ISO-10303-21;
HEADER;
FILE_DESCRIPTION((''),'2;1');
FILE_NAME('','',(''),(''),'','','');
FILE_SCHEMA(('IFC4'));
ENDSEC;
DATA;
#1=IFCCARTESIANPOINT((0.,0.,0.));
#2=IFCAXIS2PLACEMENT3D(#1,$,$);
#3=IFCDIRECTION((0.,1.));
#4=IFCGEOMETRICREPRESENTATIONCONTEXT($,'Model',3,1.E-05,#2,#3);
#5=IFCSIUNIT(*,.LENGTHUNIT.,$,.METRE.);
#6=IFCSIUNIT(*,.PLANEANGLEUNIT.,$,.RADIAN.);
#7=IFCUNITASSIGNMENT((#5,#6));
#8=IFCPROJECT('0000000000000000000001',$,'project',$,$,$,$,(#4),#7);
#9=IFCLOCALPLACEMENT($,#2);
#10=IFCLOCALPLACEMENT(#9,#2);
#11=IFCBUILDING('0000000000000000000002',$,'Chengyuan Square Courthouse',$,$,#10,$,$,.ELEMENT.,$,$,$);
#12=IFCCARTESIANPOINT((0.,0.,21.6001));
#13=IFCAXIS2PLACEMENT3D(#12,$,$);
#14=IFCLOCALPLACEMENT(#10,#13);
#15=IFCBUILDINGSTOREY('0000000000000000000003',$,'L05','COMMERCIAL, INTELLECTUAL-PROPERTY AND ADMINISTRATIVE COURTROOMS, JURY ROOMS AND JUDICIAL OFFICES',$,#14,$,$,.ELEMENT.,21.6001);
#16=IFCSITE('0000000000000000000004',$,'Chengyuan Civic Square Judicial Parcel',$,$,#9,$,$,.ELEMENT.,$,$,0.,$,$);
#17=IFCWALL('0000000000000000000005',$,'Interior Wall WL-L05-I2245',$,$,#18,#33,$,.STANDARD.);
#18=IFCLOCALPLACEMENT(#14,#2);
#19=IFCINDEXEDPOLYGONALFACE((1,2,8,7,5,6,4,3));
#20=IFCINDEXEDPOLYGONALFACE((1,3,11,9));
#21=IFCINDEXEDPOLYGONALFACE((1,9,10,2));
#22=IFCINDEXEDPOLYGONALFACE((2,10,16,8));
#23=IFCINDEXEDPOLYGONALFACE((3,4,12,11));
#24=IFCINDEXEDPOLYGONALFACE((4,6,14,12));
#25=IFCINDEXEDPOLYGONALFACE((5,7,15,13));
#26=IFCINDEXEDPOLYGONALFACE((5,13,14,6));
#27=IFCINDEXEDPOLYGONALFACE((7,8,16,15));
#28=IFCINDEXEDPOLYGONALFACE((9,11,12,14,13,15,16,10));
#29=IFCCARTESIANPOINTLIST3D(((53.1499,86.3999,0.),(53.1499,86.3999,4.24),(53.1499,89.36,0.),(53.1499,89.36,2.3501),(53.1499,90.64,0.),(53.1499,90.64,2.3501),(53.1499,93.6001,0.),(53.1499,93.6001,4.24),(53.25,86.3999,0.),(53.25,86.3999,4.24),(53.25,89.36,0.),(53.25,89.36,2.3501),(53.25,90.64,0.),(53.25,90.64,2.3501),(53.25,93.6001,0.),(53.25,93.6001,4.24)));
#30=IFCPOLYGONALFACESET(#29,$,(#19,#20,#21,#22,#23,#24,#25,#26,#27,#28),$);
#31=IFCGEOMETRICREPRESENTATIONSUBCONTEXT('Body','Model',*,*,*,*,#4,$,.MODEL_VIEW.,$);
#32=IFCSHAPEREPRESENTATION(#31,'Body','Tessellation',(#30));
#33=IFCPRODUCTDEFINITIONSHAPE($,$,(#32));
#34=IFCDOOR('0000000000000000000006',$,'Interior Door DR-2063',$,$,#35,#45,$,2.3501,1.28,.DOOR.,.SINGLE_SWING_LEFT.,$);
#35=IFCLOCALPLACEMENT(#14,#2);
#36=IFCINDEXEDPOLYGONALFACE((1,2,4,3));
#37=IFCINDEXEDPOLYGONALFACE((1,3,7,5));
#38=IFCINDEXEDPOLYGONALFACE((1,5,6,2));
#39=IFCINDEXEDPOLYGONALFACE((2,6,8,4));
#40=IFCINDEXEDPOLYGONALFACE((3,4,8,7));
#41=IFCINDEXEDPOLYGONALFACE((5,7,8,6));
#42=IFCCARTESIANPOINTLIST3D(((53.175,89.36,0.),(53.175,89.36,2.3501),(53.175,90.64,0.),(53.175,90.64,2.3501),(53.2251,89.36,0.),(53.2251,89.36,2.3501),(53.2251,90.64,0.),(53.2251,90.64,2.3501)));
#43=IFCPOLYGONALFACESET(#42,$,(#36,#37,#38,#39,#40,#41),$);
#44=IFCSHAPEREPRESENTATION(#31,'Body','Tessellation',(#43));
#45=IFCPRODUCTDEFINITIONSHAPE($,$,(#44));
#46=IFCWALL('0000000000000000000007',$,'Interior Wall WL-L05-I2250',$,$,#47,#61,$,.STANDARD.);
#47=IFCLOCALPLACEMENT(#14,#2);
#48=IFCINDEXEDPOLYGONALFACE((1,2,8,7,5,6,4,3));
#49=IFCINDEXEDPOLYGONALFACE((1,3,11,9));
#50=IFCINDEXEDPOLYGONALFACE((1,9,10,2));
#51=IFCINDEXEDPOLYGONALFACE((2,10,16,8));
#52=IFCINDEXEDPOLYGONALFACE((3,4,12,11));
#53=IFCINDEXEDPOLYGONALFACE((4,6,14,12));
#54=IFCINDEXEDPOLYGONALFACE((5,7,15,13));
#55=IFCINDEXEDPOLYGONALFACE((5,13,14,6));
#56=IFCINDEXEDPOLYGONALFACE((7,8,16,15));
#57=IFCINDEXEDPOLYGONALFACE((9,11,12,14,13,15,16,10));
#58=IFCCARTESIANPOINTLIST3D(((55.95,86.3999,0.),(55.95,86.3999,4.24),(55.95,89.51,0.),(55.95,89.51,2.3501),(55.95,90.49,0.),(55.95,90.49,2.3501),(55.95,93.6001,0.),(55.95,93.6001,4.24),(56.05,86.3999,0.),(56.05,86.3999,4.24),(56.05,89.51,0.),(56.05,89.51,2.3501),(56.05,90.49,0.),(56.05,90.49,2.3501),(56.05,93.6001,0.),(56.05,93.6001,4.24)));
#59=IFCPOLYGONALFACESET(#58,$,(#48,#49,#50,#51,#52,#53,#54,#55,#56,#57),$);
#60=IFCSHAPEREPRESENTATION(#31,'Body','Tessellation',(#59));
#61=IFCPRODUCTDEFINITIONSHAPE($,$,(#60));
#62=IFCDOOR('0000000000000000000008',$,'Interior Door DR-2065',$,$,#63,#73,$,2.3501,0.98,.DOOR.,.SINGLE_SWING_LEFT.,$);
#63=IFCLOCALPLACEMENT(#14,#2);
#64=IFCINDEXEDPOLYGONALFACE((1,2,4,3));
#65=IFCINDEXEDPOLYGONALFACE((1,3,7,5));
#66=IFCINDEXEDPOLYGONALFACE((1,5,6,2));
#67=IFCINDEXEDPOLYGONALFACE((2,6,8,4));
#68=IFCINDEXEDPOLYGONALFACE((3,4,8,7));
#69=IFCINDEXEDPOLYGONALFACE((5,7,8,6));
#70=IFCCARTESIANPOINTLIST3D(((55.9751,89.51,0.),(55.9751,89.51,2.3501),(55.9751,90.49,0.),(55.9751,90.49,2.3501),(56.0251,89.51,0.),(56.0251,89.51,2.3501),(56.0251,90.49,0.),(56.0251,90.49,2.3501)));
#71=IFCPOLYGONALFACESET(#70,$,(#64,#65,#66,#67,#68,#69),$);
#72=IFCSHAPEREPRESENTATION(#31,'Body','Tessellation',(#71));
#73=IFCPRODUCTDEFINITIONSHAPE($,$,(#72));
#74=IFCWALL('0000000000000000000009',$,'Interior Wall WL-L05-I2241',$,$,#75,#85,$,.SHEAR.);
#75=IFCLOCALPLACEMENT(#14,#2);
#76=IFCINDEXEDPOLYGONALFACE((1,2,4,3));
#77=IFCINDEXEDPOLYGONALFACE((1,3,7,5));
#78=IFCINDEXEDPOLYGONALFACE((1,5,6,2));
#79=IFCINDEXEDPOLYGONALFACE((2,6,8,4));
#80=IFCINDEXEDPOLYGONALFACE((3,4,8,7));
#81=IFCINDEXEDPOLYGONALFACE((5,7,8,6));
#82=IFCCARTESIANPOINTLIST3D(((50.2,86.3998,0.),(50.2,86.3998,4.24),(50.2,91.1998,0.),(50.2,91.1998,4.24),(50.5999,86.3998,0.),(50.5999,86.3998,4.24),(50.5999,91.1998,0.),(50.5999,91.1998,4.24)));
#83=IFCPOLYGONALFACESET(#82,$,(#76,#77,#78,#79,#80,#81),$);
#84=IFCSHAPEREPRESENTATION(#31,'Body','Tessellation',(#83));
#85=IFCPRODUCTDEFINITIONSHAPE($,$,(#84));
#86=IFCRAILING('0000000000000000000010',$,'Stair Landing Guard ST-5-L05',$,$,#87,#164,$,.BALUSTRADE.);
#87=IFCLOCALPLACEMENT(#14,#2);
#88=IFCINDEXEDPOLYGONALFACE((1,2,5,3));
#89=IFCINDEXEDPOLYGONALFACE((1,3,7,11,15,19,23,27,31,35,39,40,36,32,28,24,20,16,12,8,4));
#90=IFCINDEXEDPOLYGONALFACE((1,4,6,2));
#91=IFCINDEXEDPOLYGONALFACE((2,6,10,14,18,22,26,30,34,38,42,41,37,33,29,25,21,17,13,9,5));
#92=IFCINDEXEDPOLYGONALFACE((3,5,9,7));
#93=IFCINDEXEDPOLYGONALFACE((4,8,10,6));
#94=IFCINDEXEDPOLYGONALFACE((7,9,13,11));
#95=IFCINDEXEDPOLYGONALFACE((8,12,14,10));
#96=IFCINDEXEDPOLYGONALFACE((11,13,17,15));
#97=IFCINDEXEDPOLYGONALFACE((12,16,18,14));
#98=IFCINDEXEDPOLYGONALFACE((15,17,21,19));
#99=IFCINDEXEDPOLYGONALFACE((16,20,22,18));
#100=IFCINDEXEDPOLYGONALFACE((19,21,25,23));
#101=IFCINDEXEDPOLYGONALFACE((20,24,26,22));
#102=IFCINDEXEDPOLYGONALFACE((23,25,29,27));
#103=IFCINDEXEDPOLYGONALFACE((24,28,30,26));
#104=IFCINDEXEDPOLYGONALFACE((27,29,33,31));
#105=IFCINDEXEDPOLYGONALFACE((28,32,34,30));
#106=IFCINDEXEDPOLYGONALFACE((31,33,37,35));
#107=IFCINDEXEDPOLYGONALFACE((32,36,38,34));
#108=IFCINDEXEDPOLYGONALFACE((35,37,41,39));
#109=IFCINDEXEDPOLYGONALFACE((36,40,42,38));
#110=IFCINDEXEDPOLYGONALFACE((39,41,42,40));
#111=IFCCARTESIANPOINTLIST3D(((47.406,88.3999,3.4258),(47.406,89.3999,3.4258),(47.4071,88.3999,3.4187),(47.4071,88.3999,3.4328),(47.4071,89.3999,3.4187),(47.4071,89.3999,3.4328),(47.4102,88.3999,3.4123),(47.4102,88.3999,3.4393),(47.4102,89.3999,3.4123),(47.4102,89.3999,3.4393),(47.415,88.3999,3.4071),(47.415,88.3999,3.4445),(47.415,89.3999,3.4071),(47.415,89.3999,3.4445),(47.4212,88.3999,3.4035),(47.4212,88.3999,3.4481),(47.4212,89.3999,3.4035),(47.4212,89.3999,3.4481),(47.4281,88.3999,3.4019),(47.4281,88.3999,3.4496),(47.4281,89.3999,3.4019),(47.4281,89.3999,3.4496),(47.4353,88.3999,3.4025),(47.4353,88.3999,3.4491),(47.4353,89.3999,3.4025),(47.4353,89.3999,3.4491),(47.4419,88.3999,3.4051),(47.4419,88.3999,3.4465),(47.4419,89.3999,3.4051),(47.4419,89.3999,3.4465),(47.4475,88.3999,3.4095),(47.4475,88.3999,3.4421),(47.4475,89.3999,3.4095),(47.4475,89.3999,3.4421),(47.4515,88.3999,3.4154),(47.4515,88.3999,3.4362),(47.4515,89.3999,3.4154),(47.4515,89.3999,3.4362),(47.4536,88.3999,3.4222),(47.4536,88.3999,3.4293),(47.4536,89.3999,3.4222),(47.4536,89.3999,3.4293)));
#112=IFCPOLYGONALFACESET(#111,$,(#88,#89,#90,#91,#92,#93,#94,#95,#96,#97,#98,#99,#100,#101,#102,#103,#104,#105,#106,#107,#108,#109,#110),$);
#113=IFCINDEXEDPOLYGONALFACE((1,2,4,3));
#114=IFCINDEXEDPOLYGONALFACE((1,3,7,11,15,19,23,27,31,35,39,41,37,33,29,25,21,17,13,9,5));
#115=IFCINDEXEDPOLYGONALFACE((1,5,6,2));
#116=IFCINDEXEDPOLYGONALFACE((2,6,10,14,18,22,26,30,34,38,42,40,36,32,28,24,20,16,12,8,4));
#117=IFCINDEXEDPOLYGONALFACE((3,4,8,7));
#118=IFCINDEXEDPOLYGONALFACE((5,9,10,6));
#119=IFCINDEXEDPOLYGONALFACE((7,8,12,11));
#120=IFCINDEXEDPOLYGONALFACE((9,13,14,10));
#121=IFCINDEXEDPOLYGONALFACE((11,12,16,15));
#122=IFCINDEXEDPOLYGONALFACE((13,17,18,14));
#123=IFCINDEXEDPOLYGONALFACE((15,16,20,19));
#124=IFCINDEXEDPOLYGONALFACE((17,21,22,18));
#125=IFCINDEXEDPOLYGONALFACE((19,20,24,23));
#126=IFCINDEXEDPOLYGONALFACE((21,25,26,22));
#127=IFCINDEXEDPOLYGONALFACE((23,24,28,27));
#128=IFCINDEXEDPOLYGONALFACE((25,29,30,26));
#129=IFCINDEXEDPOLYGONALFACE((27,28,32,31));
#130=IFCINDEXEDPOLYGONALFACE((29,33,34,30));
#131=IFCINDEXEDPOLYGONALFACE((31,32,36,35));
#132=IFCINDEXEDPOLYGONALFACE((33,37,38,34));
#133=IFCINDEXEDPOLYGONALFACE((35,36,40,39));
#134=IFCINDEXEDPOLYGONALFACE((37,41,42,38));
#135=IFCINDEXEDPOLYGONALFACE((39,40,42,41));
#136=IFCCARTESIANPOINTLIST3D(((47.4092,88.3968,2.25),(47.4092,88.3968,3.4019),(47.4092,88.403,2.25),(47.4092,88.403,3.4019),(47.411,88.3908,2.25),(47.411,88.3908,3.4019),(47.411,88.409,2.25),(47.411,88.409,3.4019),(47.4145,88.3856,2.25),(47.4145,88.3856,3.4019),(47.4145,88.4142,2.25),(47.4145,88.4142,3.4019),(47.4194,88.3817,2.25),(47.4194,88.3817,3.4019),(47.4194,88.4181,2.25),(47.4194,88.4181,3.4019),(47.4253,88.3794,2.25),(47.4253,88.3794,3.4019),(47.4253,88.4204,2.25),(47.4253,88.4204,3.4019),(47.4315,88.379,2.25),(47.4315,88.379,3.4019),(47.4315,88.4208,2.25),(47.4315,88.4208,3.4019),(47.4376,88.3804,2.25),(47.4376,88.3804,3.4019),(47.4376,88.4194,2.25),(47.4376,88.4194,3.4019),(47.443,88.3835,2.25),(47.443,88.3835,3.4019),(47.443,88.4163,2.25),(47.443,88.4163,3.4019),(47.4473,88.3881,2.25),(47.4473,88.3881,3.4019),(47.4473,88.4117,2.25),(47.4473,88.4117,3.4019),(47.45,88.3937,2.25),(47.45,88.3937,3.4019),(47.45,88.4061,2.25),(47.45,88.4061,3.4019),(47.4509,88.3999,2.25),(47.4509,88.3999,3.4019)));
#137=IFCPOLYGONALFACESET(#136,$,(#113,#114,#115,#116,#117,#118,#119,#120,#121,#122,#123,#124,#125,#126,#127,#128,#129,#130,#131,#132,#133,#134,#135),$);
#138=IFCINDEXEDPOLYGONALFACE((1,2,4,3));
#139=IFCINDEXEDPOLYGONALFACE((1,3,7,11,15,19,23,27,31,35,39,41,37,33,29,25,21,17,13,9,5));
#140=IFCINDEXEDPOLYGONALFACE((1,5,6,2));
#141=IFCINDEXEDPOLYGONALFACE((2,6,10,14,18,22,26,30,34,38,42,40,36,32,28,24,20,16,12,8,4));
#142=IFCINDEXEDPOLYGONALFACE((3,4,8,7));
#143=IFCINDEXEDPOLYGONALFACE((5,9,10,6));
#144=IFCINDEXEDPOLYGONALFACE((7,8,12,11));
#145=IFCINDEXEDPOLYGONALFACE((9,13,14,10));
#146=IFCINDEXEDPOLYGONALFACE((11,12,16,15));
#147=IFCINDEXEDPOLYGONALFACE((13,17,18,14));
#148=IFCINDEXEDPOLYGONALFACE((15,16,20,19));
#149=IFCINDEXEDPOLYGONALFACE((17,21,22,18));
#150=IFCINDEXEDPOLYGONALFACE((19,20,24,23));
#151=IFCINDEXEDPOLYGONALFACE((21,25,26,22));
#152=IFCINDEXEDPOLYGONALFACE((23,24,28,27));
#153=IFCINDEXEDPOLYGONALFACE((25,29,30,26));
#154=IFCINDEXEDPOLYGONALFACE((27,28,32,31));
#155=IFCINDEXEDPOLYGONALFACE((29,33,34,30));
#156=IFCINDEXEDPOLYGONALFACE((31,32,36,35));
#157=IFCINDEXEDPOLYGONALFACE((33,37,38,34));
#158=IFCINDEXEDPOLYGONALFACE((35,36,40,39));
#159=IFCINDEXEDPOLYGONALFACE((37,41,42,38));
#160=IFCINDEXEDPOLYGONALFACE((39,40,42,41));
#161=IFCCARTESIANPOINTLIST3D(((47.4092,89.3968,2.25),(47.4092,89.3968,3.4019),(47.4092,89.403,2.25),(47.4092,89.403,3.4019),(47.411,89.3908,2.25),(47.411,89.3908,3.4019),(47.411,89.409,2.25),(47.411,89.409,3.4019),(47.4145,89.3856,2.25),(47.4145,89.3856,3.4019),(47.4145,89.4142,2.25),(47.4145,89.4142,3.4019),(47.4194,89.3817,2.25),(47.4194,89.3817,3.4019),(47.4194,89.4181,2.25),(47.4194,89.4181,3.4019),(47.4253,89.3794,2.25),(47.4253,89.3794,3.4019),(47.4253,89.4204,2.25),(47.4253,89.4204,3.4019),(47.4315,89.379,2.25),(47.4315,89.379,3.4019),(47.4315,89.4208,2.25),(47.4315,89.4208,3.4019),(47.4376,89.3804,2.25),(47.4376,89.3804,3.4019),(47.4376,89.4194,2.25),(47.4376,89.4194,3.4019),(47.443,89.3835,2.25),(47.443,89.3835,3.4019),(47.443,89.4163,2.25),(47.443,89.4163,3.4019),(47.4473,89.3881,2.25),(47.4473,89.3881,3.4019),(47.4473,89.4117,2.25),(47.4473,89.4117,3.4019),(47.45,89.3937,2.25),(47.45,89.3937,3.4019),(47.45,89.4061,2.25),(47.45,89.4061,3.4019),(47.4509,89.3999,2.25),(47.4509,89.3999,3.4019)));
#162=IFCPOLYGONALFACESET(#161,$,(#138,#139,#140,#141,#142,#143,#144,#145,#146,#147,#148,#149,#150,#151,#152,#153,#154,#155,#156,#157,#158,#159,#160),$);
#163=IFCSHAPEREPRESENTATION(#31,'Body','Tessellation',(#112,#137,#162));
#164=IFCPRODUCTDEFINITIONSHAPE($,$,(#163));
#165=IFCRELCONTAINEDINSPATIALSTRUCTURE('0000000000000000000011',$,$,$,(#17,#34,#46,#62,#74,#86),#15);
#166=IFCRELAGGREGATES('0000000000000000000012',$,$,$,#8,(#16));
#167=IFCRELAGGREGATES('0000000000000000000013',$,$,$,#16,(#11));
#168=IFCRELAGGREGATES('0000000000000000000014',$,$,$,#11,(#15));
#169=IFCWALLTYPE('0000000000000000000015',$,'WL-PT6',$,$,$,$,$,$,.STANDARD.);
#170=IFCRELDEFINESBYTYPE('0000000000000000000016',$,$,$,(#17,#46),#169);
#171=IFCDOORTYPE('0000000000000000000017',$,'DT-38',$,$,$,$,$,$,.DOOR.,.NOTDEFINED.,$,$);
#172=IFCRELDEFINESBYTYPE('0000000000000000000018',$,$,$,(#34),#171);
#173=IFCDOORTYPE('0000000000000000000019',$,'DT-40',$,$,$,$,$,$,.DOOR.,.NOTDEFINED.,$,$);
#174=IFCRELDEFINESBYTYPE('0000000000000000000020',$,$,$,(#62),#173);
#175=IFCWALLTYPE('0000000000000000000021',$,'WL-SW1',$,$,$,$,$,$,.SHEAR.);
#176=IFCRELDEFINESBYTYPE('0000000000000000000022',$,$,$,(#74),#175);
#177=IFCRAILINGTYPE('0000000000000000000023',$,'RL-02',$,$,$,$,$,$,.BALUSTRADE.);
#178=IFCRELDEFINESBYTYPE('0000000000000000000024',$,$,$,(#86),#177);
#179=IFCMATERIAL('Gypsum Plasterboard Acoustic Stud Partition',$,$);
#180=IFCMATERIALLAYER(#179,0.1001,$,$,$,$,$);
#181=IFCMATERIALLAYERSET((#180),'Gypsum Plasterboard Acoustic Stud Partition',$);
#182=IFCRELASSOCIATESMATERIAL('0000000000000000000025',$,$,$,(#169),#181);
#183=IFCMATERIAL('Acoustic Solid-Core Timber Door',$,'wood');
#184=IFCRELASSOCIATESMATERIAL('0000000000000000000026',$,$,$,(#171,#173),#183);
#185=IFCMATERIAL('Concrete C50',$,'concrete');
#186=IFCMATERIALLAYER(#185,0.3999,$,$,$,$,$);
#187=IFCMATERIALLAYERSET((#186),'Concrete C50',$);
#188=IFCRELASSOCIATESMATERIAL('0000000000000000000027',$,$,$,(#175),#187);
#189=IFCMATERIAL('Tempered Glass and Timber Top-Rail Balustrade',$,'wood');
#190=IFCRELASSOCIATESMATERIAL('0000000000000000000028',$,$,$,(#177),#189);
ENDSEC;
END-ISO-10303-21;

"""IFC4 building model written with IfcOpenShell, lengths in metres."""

from ifc_helpers import new_model, si_unit, direction, frame, frame_2d, origin, origin_2d, place, context, subcontext, project, spatial, rectangle, circle, extrude, material, layer, layer_set, type_object, element, fill, save


model = new_model("IFC4")

# Units and contexts
model_context = context("Model", 3, precision=1e-05, world=origin(), true_north=direction((0.0, 1.0)))
body_context = subcontext(model_context, "Body", "Model", "MODEL_VIEW")
ifc_project = project(units=[si_unit("LENGTHUNIT", "METRE"), si_unit("PLANEANGLEUNIT", "RADIAN")], contexts=[model_context])

# Site, building, storey
site_placement = place(None, origin())
site = spatial("IfcSite", under=ifc_project, at=site_placement, Name="Chengyuan Civic Square Judicial Parcel", CompositionType="ELEMENT", RefElevation=0.0)
building_placement = place(site_placement, origin())
building = spatial("IfcBuilding", under=site, at=building_placement, Name="Chengyuan Square Courthouse", CompositionType="ELEMENT")
storey_placement = place(building_placement, frame((0.0, 0.0, 21.6001)))
storey = spatial("IfcBuildingStorey", under=building, at=storey_placement, Name="L05", Description="COMMERCIAL, INTELLECTUAL-PROPERTY AND ADMINISTRATIVE COURTROOMS, JURY ROOMS AND JUDICIAL OFFICES", CompositionType="ELEMENT", Elevation=21.6001)

# Shared definitions
ifc_material_1 = material(Name="Concrete C50", Category="concrete")

# Shared definitions
ifc_material_2 = material(Name="Gypsum Plasterboard Acoustic Stud Partition")
ifc_layer_1 = layer(ifc_material_2, 0.1001)
ifc_layer_set_1 = layer_set([ifc_layer_1], Name="Gypsum Plasterboard Acoustic Stud Partition")
wall_type_1 = type_object("IfcWallType", Name="WL-PT6", PredefinedType="STANDARD", material=ifc_layer_set_1)
ifc_material_3 = material(Name="Acoustic Solid-Core Timber Door", Category="wood")

# Walls, openings, doors
wall_1_placement = place(storey_placement, frame((53.2, 86.3999, 0.0), z_axis=(0.0, 0.0, 1.0), x_axis=(0.0, 1.0, 0.0)))
wall_1 = element("IfcWall", 1, at=wall_1_placement, inside=storey, type_object=wall_type_1, Name="Interior Wall WL-L05-I2245", PredefinedType="STANDARD", context=body_context, shape_type="SweptSolid", body=[
    extrude(rectangle(XDim=7.2002, YDim=0.1001, at=frame_2d((3.6001, 0.0))), origin(), (0.0, 0.0, 1.0), 4.24),
])
opening_1_placement = place(wall_1_placement, frame((2.96, 0.0, 0.0)))
opening_1 = element("IfcOpeningElement", 2, at=opening_1_placement, cuts=wall_1, PredefinedType="OPENING", context=body_context, shape_type="SweptSolid", body=[
    extrude(rectangle(XDim=1.28, YDim=2.3501, at=frame_2d((0.6401, 1.175))), frame((0.0, 0.062, 0.0), z_axis=(0.0, -1.0, 0.0), x_axis=(1.0, 0.0, 0.0)), (0.0, 0.0, 1.0), 0.124),
])
door_type_1 = type_object("IfcDoorType", Name="DT-38", OperationType="NOTDEFINED", PredefinedType="DOOR", material=ifc_material_3)
door_1_placement = place(opening_1_placement, origin())
door_1 = element("IfcDoor", 3, at=door_1_placement, inside=storey, type_object=door_type_1, Name="Interior Door DR-2063", OperationType="SINGLE_SWING_LEFT", OverallHeight=2.3501, OverallWidth=1.28, PredefinedType="DOOR", context=body_context, shape_type="SweptSolid", body=[
    extrude(rectangle(XDim=1.28, YDim=2.3501, at=frame_2d((0.6401, 1.175))), frame((0.0, 0.0249, 0.0), z_axis=(0.0, -1.0, 0.0), x_axis=(1.0, 0.0, 0.0)), (0.0, 0.0, 1.0), 0.05),
])
fill(opening_1, door_1)
wall_2_placement = place(storey_placement, frame((56.0, 86.3999, 0.0), z_axis=(0.0, 0.0, 1.0), x_axis=(0.0, 1.0, 0.0)))
wall_2 = element("IfcWall", 4, at=wall_2_placement, inside=storey, type_object=wall_type_1, Name="Interior Wall WL-L05-I2250", PredefinedType="STANDARD", context=body_context, shape_type="SweptSolid", body=[
    extrude(rectangle(XDim=7.2002, YDim=0.1001, at=frame_2d((3.6001, 0.0))), origin(), (0.0, 0.0, 1.0), 4.24),
])
opening_2_placement = place(wall_2_placement, frame((3.1101, 0.0, 0.0)))
opening_2 = element("IfcOpeningElement", 5, at=opening_2_placement, cuts=wall_2, PredefinedType="OPENING", context=body_context, shape_type="SweptSolid", body=[
    extrude(rectangle(XDim=0.98, YDim=2.3501, at=frame_2d((0.49, 1.175))), frame((0.0, 0.062, 0.0), z_axis=(0.0, -1.0, 0.0), x_axis=(1.0, 0.0, 0.0)), (0.0, 0.0, 1.0), 0.124),
])
door_type_2 = type_object("IfcDoorType", Name="DT-40", OperationType="NOTDEFINED", PredefinedType="DOOR", material=ifc_material_3)
door_2_placement = place(opening_2_placement, origin())
door_2 = element("IfcDoor", 6, at=door_2_placement, inside=storey, type_object=door_type_2, Name="Interior Door DR-2065", OperationType="SINGLE_SWING_LEFT", OverallHeight=2.3501, OverallWidth=0.98, PredefinedType="DOOR", context=body_context, shape_type="SweptSolid", body=[
    extrude(rectangle(XDim=0.98, YDim=2.3501, at=frame_2d((0.49, 1.175))), frame((0.0, 0.0249, 0.0), z_axis=(0.0, -1.0, 0.0), x_axis=(1.0, 0.0, 0.0)), (0.0, 0.0, 1.0), 0.05),
])
fill(opening_2, door_2)

# Wall
ifc_layer_2 = layer(ifc_material_1, 0.3999)
ifc_layer_set_2 = layer_set([ifc_layer_2], Name="Concrete C50")
wall_type_2 = type_object("IfcWallType", Name="WL-SW1", PredefinedType="SHEAR", material=ifc_layer_set_2)
wall_3_placement = place(storey_placement, frame((50.3999, 86.3999, 0.0), z_axis=(0.0, 0.0, 1.0), x_axis=(0.0, 1.0, 0.0)))
element("IfcWall", 7, at=wall_3_placement, inside=storey, type_object=wall_type_2, Name="Interior Wall WL-L05-I2241", PredefinedType="SHEAR", context=body_context, shape_type="SweptSolid", body=[
    extrude(rectangle(XDim=4.8, YDim=0.3999, at=frame_2d((2.3999, 0.0))), origin(), (0.0, 0.0, 1.0), 4.24),
])

# Railing
ifc_material_4 = material(Name="Tempered Glass and Timber Top-Rail Balustrade", Category="wood")
railing_type = type_object("IfcRailingType", Name="RL-02", PredefinedType="BALUSTRADE", material=ifc_material_4)
railing_1_placement = place(storey_placement, frame((47.4299, 88.3999, 2.25)))
element("IfcRailing", 8, at=railing_1_placement, inside=storey, type_object=railing_type, Name="Stair Landing Guard ST-5-L05", PredefinedType="BALUSTRADE", context=body_context, shape_type="SweptSolid", body=[
    extrude(circle(Radius=0.0239, at=origin_2d()), frame((0.0, 0.0, 1.1758), z_axis=(0.0, 1.0, 0.0), x_axis=(-1.0, 0.0, 0.0)), (0.0, 0.0, 1.0), 1.0),
    extrude(circle(Radius=0.021, at=origin_2d()), origin(), (0.0, 0.0, 1.0), 1.1519),
    extrude(circle(Radius=0.021, at=origin_2d()), frame((0.0, 1.0, 0.0)), (0.0, 0.0, 1.0), 1.1519),
])

save(model, "model.ifc")
